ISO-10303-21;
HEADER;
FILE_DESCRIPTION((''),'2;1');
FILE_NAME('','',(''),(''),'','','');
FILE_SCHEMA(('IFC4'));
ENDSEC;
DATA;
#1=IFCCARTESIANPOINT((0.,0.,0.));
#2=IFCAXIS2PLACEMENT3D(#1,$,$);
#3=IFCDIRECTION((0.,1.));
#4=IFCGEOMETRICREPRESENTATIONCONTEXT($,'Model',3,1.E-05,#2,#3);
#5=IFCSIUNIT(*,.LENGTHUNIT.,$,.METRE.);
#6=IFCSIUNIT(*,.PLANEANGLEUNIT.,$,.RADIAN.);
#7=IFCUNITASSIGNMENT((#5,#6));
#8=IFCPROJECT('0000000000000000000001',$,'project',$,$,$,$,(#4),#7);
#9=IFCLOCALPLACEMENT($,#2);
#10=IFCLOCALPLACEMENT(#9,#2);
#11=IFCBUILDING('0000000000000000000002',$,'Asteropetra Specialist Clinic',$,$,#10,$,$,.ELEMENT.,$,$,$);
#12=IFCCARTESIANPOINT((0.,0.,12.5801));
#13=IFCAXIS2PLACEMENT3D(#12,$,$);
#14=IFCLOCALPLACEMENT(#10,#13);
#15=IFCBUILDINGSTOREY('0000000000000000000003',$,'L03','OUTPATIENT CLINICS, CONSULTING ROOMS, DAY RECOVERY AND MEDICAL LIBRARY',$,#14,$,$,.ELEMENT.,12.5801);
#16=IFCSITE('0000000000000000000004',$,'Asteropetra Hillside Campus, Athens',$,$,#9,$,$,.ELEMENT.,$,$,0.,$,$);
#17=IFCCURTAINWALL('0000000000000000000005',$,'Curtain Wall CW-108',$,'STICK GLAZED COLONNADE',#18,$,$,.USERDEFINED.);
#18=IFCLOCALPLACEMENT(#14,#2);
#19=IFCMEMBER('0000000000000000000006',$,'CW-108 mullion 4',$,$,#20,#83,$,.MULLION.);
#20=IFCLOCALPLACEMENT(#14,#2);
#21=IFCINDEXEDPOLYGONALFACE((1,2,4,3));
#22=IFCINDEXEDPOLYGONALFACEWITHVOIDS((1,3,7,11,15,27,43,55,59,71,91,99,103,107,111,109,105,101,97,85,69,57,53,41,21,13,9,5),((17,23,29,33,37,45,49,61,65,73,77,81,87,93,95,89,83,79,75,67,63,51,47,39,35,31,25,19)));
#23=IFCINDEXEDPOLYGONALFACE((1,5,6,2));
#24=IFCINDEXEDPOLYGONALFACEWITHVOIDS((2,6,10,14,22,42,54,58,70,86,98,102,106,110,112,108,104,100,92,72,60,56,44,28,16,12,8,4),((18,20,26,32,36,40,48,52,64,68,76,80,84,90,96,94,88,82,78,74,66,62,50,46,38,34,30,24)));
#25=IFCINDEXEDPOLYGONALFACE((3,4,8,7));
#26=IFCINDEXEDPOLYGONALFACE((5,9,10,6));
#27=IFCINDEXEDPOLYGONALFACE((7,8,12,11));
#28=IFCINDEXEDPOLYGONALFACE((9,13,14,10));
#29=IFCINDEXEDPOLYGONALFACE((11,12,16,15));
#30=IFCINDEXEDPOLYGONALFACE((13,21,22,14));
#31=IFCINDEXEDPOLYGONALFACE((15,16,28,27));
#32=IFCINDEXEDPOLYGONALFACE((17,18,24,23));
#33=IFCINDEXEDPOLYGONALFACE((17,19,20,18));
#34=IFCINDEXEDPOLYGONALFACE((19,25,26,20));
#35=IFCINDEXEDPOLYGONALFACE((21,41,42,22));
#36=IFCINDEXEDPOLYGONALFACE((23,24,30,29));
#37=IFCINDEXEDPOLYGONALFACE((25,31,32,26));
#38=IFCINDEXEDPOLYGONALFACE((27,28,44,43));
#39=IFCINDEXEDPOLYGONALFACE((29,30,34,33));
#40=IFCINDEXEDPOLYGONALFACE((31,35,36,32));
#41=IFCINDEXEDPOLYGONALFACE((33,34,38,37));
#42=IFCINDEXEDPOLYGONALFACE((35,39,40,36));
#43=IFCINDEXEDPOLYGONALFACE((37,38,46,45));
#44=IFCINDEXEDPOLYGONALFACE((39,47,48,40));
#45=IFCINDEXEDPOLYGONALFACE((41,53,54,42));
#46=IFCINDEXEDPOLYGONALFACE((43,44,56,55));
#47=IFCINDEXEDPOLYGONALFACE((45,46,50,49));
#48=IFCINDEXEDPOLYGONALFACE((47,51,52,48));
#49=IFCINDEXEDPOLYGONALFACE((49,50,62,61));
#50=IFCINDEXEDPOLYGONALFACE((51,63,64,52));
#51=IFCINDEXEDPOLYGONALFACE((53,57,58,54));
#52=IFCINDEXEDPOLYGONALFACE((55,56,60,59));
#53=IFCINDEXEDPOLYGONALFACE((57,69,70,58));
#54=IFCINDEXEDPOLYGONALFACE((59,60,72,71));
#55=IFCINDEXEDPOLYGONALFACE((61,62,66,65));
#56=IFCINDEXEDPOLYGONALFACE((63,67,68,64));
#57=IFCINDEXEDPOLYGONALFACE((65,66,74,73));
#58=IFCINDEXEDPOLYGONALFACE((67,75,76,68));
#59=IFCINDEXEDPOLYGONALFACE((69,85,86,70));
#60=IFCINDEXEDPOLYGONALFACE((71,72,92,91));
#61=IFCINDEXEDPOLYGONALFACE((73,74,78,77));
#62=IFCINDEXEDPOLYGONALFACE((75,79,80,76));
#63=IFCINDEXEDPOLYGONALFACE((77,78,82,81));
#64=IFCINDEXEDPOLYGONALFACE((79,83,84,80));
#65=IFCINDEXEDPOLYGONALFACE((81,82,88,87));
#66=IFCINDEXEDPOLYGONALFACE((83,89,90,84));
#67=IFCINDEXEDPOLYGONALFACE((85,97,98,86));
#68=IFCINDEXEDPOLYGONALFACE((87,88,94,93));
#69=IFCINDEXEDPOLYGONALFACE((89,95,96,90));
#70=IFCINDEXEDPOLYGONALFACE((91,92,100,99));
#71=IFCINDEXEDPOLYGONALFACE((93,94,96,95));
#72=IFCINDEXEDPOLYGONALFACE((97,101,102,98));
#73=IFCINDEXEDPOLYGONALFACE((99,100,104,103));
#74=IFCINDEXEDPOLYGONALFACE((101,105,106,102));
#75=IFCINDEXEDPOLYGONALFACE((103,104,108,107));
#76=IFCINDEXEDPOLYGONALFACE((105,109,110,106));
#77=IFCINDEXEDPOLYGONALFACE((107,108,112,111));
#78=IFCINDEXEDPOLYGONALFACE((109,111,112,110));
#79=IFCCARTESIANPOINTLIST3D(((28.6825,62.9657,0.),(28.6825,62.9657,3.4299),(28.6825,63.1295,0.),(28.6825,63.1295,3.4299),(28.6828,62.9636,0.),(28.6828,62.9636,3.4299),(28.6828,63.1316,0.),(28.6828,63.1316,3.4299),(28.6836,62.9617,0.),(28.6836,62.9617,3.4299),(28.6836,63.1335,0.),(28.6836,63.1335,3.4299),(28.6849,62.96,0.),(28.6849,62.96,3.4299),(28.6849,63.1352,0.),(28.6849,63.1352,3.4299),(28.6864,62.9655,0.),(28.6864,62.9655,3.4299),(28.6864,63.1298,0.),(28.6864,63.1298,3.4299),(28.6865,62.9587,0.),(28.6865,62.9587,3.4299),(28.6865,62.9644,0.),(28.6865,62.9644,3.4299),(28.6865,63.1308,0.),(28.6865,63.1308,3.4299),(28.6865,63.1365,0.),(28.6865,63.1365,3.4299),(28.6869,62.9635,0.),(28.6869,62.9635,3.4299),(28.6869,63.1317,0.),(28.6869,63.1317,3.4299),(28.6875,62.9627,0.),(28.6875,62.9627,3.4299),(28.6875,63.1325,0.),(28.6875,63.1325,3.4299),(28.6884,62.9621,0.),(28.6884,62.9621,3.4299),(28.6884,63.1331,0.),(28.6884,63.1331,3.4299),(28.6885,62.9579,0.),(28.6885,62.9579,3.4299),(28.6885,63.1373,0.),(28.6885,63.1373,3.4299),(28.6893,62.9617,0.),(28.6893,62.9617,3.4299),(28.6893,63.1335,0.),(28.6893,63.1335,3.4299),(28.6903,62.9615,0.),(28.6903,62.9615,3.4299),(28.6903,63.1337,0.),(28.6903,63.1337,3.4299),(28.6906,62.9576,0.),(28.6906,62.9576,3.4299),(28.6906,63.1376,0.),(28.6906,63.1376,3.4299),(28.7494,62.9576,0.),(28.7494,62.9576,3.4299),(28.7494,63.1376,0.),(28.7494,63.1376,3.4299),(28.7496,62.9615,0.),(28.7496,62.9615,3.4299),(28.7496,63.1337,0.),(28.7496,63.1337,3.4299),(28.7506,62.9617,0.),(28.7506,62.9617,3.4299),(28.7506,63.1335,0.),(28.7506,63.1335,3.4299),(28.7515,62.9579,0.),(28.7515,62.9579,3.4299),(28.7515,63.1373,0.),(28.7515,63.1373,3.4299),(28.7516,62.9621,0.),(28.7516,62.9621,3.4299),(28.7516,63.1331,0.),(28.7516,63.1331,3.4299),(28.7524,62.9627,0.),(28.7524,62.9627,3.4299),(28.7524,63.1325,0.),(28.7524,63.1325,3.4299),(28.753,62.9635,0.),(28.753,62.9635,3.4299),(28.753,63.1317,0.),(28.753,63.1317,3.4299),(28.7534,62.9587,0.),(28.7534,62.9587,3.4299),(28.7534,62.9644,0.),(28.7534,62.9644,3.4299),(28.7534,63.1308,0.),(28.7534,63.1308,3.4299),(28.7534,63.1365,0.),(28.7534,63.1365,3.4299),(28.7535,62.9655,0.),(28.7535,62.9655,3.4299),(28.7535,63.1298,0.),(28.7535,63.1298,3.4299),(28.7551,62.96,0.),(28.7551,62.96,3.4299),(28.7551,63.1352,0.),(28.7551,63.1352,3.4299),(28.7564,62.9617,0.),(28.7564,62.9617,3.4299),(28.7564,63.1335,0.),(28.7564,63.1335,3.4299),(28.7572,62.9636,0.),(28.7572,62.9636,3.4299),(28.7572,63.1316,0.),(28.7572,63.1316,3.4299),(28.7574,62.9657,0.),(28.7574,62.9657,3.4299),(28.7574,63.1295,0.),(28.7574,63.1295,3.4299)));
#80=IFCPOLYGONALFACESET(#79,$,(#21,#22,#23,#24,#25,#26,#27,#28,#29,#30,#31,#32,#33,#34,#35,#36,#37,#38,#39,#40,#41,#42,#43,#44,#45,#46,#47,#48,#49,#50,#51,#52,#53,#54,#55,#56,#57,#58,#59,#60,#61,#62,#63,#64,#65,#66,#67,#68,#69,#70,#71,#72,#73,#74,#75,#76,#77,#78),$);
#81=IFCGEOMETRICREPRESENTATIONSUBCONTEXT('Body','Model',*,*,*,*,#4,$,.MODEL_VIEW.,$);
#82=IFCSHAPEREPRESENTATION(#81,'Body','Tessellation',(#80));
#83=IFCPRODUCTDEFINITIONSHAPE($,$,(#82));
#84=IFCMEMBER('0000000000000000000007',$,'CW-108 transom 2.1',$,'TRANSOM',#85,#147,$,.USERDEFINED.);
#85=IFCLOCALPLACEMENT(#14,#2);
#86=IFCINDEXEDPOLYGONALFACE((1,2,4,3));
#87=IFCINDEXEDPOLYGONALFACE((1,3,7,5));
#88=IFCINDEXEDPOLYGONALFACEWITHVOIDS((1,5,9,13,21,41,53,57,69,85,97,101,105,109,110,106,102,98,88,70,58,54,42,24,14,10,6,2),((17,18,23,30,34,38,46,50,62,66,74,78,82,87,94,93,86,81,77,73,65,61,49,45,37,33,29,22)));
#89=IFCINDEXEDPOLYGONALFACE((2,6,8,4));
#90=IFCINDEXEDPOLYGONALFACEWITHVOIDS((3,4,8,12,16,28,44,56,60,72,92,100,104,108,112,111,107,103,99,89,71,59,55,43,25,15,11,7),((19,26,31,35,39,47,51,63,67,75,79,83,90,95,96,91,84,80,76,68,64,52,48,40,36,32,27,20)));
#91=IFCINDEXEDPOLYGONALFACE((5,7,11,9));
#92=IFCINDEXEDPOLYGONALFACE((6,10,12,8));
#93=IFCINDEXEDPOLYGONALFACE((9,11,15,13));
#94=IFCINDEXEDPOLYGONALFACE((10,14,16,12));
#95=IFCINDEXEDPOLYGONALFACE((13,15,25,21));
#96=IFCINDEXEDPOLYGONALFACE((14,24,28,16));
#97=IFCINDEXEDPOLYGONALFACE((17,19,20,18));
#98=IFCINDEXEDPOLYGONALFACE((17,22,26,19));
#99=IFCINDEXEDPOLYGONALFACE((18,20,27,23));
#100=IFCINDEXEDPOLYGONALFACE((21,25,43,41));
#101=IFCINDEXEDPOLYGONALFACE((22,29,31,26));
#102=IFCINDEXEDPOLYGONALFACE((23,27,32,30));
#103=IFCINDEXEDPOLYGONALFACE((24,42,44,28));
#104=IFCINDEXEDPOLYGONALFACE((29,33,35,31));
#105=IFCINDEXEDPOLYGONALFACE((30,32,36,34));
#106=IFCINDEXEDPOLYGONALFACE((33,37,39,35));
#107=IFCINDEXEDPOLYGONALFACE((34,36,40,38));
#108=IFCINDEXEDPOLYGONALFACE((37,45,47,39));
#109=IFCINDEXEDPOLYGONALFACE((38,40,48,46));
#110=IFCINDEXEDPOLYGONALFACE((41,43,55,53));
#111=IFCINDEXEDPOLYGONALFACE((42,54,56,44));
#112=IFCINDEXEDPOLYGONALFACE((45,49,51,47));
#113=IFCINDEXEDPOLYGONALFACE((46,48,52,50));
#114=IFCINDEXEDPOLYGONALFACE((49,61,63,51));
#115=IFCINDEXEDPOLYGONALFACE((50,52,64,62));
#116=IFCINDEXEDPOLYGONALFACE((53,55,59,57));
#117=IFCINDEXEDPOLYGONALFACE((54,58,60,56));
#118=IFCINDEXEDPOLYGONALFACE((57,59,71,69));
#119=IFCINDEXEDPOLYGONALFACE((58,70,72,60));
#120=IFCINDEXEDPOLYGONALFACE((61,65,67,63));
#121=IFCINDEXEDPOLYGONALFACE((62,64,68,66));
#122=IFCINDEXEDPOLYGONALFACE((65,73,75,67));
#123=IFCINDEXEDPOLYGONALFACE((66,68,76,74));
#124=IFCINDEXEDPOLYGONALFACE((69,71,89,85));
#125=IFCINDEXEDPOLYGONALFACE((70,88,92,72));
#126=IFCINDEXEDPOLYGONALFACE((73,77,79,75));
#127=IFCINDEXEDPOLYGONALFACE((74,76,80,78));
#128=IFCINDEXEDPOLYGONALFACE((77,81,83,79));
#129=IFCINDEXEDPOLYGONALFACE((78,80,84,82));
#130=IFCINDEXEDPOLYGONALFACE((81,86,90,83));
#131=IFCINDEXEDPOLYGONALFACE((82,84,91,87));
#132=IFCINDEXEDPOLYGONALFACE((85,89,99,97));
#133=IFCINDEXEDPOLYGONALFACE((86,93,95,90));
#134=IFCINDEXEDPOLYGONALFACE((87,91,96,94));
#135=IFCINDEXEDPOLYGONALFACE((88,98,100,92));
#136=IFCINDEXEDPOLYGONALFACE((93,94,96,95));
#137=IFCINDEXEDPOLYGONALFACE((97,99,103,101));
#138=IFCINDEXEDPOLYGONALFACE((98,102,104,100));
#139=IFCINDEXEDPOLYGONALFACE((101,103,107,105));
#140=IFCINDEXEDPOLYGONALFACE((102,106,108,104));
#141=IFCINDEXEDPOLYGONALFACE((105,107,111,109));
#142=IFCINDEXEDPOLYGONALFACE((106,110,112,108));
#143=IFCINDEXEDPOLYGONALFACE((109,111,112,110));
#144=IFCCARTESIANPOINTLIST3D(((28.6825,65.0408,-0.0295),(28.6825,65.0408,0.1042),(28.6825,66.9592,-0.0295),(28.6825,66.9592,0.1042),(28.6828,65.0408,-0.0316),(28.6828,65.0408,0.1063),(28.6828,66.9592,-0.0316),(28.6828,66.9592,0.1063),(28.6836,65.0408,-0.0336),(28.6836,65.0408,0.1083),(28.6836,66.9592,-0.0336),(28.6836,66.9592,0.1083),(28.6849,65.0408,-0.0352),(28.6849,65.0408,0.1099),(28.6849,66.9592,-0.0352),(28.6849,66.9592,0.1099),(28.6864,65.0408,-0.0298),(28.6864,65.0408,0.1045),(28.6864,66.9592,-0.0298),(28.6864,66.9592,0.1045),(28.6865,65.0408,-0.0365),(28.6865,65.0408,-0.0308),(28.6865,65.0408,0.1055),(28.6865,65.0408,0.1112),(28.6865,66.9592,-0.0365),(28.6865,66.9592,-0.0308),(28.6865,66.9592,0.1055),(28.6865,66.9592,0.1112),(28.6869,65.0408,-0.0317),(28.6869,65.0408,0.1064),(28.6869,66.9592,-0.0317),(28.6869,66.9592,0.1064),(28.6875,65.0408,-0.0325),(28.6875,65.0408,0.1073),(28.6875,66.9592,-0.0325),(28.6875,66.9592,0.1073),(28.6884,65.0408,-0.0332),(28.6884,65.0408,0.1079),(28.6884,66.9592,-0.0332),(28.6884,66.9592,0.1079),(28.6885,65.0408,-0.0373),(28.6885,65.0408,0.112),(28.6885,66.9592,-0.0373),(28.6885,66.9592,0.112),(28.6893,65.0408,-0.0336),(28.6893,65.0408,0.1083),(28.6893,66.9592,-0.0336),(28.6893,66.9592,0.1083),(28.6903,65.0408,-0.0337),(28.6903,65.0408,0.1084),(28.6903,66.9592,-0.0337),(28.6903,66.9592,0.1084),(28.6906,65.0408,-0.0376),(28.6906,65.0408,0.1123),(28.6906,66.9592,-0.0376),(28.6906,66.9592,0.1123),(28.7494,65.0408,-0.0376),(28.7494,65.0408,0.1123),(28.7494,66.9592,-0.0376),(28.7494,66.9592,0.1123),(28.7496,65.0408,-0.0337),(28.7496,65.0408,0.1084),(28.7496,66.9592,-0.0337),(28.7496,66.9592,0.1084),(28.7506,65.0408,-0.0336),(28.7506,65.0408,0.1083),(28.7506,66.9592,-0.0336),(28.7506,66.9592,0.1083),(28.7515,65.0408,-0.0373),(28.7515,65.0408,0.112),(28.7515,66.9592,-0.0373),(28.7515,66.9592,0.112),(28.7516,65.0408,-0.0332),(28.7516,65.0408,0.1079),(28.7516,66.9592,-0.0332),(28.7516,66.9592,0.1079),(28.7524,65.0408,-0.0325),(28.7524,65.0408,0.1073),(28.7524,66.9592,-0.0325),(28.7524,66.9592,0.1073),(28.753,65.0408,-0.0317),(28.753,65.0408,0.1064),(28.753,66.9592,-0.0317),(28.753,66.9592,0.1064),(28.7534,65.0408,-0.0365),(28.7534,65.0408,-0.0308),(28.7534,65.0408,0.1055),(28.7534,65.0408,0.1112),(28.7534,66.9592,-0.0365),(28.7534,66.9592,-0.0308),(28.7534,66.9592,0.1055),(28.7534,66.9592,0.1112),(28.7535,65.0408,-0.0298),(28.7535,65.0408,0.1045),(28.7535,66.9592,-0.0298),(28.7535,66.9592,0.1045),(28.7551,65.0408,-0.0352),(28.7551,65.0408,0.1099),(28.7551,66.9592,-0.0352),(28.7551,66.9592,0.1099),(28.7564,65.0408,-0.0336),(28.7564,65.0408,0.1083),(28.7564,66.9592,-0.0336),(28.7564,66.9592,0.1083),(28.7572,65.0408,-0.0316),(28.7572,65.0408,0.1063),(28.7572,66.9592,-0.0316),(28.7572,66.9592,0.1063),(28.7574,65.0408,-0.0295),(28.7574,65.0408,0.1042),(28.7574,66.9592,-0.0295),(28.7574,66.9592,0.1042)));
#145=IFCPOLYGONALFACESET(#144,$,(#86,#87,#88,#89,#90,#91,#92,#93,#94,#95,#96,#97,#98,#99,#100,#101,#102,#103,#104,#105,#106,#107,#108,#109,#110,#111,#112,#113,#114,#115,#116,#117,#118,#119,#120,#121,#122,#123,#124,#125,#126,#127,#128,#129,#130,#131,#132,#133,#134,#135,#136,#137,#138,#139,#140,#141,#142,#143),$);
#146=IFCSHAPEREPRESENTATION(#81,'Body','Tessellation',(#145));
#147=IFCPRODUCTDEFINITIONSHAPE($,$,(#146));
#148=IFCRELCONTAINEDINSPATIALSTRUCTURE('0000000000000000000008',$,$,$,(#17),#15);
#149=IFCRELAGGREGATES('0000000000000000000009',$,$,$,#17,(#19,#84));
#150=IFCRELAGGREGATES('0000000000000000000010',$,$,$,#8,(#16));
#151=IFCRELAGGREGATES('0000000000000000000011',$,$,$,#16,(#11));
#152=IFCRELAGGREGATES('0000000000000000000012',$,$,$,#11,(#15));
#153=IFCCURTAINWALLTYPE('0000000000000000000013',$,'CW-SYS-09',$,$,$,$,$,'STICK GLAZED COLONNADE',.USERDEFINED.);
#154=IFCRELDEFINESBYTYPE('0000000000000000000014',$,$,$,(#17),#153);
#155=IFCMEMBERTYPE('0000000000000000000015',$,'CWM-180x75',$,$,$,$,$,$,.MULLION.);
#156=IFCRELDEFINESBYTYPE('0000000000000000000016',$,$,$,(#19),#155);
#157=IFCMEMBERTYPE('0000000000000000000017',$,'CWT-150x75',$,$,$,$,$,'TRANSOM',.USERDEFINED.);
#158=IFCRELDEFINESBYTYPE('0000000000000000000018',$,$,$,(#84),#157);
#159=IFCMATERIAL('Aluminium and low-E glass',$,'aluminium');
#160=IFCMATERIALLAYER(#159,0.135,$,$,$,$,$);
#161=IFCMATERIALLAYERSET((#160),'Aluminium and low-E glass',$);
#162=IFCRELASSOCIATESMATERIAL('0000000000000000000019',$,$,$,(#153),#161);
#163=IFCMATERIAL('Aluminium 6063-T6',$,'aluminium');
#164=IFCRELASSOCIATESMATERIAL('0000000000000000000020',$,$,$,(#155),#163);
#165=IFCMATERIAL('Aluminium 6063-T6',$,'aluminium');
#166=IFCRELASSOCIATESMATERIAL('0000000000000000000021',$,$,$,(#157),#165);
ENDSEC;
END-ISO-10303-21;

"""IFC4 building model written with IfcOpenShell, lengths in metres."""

from ifc_helpers import new_model, si_unit, direction, frame, origin, origin_2d, place, context, subcontext, project, spatial, hollow_rectangle, extrude, material, layer, layer_set, material_profile, profile_set, type_object, element, aggregate, save


model = new_model("IFC4")

# Units and contexts
model_context = context("Model", 3, precision=1e-05, world=origin(), true_north=direction((0.0, 1.0)))
body_context = subcontext(model_context, "Body", "Model", "MODEL_VIEW")
ifc_project = project(units=[si_unit("LENGTHUNIT", "METRE"), si_unit("PLANEANGLEUNIT", "RADIAN")], contexts=[model_context])

# Site, building, storey
site_placement = place(None, origin())
site = spatial("IfcSite", under=ifc_project, at=site_placement, Name="Asteropetra Hillside Campus, Athens", CompositionType="ELEMENT", RefElevation=0.0)
building_placement = place(site_placement, origin())
building = spatial("IfcBuilding", under=site, at=building_placement, Name="Asteropetra Specialist Clinic", CompositionType="ELEMENT")
storey_placement = place(building_placement, frame((0.0, 0.0, 12.5801)))
storey = spatial("IfcBuildingStorey", under=building, at=storey_placement, Name="L03", Description="OUTPATIENT CLINICS, CONSULTING ROOMS, DAY RECOVERY AND MEDICAL LIBRARY", CompositionType="ELEMENT", Elevation=12.5801)

# Curtain wall, members
ifc_material_1 = material(Name="Aluminium and low-E glass", Category="aluminium")
ifc_layer_1 = layer(ifc_material_1, 0.135)
ifc_layer_set_1 = layer_set([ifc_layer_1], Name="Aluminium and low-E glass")
curtain_wall_type = type_object("IfcCurtainWallType", Name="CW-SYS-09", ElementType="STICK GLAZED COLONNADE", PredefinedType="USERDEFINED", material=ifc_layer_set_1)
curtain_wall_placement = place(storey_placement, origin())
curtain_wall = element("IfcCurtainWall", 1, at=curtain_wall_placement, inside=storey, type_object=curtain_wall_type, Name="Curtain Wall CW-108", ObjectType="STICK GLAZED COLONNADE", PredefinedType="USERDEFINED")
ifc_material_2 = material(Name="Aluminium 6063-T6", Category="aluminium")
ifc_material_profile_1 = material_profile(ifc_material_2, hollow_rectangle(XDim=0.075, YDim=0.1799, WallThickness=0.0039, InnerFilletRadius=0.0039, OuterFilletRadius=0.0081, at=origin_2d()), Name="MUL 180x75x4.0")
ifc_profile_set_1 = profile_set([ifc_material_profile_1], Name="Aluminium 6063-T6")
member_type_1 = type_object("IfcMemberType", Name="CWM-180x75", PredefinedType="MULLION", material=ifc_profile_set_1)
member_1_placement = place(storey_placement, frame((28.72, 63.0476, 0.0), z_axis=(0.0, 0.0, 1.0), x_axis=(1.0, 0.0, 0.0)))
member_1 = element("IfcMember", 2, at=member_1_placement, type_object=member_type_1, Name="CW-108 mullion 4", PredefinedType="MULLION", context=body_context, shape_type="SweptSolid", body=[
    extrude(hollow_rectangle(XDim=0.075, YDim=0.1799, WallThickness=0.0039, InnerFilletRadius=0.0039, OuterFilletRadius=0.0081, at=origin_2d()), origin(), (0.0, 0.0, 1.0), 3.4299),
])
ifc_material_3 = material(Name="Aluminium 6063-T6", Category="aluminium")
ifc_material_profile_2 = material_profile(ifc_material_3, hollow_rectangle(XDim=0.075, YDim=0.1499, WallThickness=0.0039, InnerFilletRadius=0.0039, OuterFilletRadius=0.0081, at=origin_2d()), Name="TRN 150x75x4.0")
ifc_profile_set_2 = profile_set([ifc_material_profile_2], Name="Aluminium 6063-T6")
member_type_2 = type_object("IfcMemberType", Name="CWT-150x75", ElementType="TRANSOM", PredefinedType="USERDEFINED", material=ifc_profile_set_2)
member_2_placement = place(storey_placement, frame((28.72, 66.9592, 0.0374), z_axis=(0.0, -1.0, 0.0), x_axis=(1.0, 0.0, 0.0)))
member_2 = element("IfcMember", 3, at=member_2_placement, type_object=member_type_2, Name="CW-108 transom 2.1", ObjectType="TRANSOM", PredefinedType="USERDEFINED", context=body_context, shape_type="SweptSolid", body=[
    extrude(hollow_rectangle(XDim=0.075, YDim=0.1499, WallThickness=0.0039, InnerFilletRadius=0.0039, OuterFilletRadius=0.0081, at=origin_2d()), origin(), (0.0, 0.0, 1.0), 1.9185),
])

aggregate(curtain_wall, [member_1, member_2])

save(model, "model.ifc")
